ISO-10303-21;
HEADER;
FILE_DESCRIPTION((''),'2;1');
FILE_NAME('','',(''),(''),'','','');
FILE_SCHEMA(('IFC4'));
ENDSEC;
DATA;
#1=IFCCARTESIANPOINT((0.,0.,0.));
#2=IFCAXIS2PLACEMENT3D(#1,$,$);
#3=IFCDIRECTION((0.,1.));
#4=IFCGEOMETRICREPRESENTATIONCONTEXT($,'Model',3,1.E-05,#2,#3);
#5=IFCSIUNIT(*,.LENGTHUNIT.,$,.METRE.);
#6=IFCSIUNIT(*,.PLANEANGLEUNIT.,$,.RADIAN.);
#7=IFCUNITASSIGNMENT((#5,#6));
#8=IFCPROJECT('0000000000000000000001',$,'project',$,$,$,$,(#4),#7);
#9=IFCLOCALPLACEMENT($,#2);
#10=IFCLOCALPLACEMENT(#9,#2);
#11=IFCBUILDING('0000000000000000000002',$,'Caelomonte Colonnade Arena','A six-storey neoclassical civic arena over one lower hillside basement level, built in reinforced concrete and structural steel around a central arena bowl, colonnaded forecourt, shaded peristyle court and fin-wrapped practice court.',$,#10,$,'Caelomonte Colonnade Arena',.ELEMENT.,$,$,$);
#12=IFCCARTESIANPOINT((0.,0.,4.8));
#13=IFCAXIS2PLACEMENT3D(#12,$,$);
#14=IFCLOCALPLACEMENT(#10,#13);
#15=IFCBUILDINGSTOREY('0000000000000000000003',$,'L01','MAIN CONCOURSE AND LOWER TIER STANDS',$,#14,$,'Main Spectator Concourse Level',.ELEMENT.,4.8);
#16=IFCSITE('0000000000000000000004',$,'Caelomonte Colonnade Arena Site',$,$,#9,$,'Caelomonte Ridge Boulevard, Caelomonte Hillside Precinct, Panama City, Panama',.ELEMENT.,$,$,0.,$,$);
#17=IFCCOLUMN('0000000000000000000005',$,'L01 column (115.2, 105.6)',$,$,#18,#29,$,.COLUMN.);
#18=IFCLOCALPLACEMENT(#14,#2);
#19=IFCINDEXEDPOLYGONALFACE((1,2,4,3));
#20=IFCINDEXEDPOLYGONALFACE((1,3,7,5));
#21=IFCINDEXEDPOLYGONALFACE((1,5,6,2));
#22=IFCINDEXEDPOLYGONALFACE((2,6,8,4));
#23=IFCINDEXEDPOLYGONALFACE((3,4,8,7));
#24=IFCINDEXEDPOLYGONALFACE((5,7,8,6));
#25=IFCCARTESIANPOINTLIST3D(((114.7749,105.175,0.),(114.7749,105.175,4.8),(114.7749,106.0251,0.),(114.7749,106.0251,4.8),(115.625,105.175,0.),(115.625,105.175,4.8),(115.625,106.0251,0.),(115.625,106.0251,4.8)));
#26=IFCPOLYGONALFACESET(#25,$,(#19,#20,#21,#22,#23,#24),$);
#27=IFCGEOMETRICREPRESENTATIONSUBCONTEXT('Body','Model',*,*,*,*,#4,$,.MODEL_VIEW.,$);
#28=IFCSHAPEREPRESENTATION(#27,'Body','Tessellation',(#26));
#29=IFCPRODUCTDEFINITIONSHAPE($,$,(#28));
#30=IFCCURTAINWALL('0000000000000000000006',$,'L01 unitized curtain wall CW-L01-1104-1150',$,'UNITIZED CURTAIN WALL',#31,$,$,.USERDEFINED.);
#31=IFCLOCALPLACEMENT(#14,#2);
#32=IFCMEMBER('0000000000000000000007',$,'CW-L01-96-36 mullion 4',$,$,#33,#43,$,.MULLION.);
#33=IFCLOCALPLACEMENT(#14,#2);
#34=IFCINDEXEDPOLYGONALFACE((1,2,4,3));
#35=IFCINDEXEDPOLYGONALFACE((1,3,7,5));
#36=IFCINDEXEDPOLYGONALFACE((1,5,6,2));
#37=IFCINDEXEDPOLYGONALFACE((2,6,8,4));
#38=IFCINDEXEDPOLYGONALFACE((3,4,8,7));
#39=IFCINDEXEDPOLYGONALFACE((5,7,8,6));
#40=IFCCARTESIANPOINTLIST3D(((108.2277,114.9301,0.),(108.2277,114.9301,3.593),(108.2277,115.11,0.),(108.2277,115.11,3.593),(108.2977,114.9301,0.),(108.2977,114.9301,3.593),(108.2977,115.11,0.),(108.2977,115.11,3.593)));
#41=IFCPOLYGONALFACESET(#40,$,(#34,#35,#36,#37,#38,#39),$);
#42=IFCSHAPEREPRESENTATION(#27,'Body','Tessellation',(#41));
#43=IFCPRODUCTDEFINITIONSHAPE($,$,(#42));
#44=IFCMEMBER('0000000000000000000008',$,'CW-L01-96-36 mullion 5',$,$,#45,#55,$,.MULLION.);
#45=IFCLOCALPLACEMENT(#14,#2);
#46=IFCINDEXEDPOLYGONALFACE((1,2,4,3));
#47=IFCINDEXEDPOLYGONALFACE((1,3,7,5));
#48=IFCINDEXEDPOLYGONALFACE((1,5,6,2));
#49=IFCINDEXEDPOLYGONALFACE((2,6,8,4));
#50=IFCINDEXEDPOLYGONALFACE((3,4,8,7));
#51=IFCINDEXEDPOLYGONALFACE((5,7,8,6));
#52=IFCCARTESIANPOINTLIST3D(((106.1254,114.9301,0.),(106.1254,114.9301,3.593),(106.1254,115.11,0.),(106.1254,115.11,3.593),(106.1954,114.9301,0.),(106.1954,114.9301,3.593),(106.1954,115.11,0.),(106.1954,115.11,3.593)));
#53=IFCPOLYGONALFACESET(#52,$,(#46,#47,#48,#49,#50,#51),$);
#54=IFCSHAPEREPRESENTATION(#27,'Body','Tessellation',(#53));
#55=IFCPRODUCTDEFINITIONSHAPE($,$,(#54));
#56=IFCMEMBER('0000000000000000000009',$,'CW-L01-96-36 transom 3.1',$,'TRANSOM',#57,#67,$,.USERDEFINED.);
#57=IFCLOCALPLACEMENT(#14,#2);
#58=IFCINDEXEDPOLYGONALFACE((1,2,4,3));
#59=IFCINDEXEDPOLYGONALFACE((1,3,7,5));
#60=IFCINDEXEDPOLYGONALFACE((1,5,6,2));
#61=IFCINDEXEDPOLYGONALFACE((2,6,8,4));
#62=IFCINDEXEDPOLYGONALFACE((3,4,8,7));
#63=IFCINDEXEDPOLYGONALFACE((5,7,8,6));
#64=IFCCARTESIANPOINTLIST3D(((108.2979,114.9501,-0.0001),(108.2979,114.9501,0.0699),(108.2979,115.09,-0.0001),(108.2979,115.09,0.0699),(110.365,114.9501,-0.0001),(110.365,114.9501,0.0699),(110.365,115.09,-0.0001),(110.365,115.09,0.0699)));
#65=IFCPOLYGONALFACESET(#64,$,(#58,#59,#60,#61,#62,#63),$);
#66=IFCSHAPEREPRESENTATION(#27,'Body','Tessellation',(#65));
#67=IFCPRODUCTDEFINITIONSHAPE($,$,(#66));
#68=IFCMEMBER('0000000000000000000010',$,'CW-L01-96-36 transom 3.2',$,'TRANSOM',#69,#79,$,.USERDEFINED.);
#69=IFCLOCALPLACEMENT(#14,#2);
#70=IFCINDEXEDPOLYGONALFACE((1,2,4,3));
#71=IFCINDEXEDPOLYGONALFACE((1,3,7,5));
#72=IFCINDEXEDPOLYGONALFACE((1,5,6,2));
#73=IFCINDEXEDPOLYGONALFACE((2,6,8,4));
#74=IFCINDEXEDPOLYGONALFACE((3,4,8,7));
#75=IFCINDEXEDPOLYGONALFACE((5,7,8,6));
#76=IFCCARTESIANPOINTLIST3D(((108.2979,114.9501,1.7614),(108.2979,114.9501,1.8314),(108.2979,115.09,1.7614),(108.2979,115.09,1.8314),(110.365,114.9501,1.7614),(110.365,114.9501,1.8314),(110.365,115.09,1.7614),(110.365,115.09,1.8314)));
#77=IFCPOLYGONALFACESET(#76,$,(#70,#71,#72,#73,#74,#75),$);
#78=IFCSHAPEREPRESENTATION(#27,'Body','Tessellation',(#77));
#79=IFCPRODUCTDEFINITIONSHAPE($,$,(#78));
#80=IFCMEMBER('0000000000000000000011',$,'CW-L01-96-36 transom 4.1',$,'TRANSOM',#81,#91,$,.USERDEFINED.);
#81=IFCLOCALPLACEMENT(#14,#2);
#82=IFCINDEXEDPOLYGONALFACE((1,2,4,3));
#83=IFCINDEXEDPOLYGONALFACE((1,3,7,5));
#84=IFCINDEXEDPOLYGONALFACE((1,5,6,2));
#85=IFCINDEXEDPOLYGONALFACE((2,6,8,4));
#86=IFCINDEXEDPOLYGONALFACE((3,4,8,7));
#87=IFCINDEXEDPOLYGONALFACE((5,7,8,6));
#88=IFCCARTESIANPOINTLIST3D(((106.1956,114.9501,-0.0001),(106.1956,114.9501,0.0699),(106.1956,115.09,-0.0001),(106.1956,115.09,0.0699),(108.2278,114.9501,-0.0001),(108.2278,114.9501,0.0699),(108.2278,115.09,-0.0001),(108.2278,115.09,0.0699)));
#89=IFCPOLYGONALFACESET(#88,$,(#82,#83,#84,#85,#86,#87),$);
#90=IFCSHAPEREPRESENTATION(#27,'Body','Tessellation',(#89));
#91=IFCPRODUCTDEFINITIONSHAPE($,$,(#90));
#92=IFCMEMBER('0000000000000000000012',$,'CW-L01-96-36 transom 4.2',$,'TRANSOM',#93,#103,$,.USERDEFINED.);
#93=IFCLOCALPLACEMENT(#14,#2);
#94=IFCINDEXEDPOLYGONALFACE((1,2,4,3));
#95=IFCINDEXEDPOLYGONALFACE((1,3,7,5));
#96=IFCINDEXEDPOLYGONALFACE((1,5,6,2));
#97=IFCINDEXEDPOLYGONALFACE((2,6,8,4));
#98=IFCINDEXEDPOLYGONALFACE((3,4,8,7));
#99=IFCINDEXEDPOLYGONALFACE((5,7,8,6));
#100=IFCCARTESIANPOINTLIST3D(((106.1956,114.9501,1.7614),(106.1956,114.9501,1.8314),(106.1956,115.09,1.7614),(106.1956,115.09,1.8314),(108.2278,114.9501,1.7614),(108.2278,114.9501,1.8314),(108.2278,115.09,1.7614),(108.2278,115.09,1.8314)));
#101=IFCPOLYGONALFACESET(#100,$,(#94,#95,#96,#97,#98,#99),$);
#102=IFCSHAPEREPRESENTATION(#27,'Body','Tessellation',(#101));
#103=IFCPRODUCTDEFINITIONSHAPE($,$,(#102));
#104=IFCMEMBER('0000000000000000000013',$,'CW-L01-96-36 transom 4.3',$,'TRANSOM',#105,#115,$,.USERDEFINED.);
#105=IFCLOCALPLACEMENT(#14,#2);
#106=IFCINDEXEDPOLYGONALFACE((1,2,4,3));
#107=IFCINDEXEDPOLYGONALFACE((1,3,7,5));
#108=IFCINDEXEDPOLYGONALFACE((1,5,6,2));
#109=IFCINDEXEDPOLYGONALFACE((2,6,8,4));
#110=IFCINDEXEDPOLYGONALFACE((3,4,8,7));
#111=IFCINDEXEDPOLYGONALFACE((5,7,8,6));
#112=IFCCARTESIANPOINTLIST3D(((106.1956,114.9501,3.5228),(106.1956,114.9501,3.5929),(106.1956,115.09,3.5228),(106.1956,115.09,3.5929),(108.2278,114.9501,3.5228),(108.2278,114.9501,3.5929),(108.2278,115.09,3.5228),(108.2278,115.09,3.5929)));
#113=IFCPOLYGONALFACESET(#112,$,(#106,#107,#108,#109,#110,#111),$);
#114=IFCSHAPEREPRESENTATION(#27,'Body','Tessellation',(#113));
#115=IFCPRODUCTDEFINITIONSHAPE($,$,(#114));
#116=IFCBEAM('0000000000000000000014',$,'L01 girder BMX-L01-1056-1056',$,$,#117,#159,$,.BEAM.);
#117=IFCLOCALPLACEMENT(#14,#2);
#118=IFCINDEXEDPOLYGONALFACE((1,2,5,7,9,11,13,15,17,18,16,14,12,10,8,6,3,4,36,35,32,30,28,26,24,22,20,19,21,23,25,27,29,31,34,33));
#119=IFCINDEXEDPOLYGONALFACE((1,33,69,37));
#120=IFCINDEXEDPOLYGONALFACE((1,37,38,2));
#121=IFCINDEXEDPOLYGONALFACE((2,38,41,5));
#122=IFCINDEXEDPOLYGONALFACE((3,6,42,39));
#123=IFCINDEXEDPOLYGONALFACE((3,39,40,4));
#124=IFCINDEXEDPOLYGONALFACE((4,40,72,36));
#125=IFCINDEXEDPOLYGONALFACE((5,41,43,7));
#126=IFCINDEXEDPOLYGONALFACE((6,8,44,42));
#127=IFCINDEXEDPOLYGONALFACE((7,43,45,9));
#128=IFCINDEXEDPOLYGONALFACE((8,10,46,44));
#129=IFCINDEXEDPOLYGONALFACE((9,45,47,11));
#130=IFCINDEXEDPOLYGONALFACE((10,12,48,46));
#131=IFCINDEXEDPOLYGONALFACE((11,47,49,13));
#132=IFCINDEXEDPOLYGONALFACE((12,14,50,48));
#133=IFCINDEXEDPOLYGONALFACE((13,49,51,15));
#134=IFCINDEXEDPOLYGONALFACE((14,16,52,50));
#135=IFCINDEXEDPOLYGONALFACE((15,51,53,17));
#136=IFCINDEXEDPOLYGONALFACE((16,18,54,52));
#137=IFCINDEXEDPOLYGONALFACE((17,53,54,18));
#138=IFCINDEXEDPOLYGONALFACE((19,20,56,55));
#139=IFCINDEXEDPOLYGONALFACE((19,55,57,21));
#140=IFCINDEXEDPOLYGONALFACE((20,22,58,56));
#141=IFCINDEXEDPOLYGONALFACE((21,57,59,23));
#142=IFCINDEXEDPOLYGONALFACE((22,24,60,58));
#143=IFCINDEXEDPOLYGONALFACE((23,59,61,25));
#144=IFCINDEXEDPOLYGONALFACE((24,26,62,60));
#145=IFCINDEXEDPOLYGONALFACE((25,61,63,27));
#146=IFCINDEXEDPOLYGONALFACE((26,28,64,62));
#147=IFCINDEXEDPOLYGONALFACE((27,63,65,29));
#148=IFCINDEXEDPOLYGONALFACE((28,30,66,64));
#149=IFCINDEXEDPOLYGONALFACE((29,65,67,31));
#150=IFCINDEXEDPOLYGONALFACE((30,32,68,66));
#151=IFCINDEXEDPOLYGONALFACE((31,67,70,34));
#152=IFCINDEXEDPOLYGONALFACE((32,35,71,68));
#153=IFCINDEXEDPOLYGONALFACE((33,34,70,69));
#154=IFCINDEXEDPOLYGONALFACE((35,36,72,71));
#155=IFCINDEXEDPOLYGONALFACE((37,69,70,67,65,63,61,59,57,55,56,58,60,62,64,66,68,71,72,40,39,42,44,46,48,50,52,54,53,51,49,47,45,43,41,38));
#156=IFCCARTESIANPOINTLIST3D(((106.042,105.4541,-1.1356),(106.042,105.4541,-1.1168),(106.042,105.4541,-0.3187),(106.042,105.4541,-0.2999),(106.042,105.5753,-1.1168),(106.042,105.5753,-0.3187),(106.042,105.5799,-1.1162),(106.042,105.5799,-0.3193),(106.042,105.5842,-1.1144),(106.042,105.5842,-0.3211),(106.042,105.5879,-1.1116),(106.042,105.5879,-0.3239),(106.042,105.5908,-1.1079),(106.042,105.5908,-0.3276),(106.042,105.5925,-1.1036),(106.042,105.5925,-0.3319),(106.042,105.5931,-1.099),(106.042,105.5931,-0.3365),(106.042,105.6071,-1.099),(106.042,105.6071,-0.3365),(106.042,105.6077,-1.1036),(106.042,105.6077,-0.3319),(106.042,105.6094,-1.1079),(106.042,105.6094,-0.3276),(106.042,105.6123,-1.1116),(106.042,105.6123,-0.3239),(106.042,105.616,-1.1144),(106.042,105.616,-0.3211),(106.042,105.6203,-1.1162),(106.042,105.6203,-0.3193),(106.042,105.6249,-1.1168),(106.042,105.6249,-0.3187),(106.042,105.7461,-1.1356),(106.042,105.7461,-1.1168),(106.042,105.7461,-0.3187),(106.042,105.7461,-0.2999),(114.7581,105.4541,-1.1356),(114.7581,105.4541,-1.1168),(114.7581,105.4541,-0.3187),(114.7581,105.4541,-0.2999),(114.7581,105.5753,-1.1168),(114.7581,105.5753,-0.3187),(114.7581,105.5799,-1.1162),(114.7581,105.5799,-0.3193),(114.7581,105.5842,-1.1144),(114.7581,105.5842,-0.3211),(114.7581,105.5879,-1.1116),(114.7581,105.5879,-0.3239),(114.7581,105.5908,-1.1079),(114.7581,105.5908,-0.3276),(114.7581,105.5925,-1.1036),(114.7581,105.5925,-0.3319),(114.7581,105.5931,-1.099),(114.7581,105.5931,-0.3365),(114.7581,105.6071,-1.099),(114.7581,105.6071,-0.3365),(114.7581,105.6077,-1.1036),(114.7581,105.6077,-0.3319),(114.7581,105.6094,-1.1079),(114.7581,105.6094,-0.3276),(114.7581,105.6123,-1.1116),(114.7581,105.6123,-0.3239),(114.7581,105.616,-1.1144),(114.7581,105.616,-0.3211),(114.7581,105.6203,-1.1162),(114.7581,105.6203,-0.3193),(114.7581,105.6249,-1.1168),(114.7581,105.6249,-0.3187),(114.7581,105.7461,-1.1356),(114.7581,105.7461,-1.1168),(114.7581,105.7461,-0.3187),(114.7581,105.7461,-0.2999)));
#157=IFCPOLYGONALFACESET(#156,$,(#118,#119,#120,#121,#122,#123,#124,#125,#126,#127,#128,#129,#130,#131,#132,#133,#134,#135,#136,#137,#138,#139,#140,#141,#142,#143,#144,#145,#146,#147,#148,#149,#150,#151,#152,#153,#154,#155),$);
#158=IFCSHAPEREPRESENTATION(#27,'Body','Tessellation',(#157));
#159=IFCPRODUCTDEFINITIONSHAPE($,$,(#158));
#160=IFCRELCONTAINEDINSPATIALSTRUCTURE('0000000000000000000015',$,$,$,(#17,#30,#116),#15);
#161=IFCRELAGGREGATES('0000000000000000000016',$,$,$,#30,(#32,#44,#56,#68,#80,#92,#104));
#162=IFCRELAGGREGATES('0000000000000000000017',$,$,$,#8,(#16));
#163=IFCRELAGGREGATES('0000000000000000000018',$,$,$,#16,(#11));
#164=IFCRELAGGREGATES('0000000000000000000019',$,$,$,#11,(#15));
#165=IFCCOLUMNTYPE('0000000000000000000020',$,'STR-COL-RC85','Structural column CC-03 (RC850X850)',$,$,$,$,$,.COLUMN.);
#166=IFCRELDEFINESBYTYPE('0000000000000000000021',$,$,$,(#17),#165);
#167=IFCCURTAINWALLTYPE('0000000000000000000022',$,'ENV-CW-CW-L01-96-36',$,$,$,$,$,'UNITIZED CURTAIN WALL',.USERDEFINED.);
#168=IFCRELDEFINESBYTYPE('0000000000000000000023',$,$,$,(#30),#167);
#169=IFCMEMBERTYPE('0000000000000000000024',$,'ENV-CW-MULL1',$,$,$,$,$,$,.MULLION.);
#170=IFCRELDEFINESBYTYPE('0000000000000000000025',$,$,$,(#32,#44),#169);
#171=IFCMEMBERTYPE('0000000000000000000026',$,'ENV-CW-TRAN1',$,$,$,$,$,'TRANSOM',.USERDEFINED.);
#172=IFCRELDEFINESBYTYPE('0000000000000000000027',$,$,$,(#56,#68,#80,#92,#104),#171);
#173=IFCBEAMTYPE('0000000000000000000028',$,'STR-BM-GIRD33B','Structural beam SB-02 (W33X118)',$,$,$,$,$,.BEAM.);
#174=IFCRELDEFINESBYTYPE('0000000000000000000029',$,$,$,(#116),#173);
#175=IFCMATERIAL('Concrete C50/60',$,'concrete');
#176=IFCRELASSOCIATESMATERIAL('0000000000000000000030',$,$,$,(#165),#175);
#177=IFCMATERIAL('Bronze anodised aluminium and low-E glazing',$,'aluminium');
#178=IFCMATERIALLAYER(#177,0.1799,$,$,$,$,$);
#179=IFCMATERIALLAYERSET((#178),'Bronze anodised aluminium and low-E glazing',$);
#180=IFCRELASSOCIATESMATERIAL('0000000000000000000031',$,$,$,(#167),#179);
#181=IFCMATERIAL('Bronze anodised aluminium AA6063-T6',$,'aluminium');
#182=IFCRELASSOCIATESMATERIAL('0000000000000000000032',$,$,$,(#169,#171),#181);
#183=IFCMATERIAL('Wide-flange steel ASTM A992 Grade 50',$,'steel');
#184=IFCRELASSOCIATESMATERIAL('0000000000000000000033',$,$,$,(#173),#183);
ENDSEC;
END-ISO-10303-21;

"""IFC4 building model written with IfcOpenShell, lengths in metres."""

from ifc_helpers import new_model, si_unit, direction, frame, origin, origin_2d, place, context, subcontext, project, spatial, rectangle, i_section, extrude, material, layer, layer_set, material_profile, profile_set, type_object, element, aggregate, save


model = new_model("IFC4")

# Units and contexts
model_context = context("Model", 3, precision=1e-05, world=origin(), true_north=direction((0.0, 1.0)))
body_context = subcontext(model_context, "Body", "Model", "MODEL_VIEW")
ifc_project = project(units=[si_unit("LENGTHUNIT", "METRE"), si_unit("PLANEANGLEUNIT", "RADIAN")], contexts=[model_context])

# Site, building, storey
site_placement = place(None, origin())
site = spatial("IfcSite", under=ifc_project, at=site_placement, Name="Caelomonte Colonnade Arena Site", LongName="Caelomonte Ridge Boulevard, Caelomonte Hillside Precinct, Panama City, Panama", CompositionType="ELEMENT", RefElevation=0.0)
building_placement = place(site_placement, origin())
building = spatial("IfcBuilding", under=site, at=building_placement, Name="Caelomonte Colonnade Arena", Description="A six-storey neoclassical civic arena over one lower hillside basement level, built in reinforced concrete and structural steel around a central arena bowl, colonnaded forecourt, shaded peristyle court and fin-wrapped practice court.", LongName="Caelomonte Colonnade Arena", CompositionType="ELEMENT")
storey_placement = place(building_placement, frame((0.0, 0.0, 4.8)))
storey = spatial("IfcBuildingStorey", under=building, at=storey_placement, Name="L01", Description="MAIN CONCOURSE AND LOWER TIER STANDS", LongName="Main Spectator Concourse Level", CompositionType="ELEMENT", Elevation=4.8)

# Column
ifc_material_1 = material(Name="Concrete C50/60", Category="concrete")
ifc_material_profile_1 = material_profile(ifc_material_1, rectangle(XDim=0.8501, YDim=0.8501, at=origin_2d()), Name="RC850X850")
ifc_profile_set_1 = profile_set([ifc_material_profile_1], Name="Concrete C50/60")
column_type = type_object("IfcColumnType", Name="STR-COL-RC85", Description="Structural column CC-03 (RC850X850)", PredefinedType="COLUMN", material=ifc_profile_set_1)
column_placement = place(storey_placement, frame((115.2, 105.6001, 0.0), z_axis=(0.0, 0.0, 1.0), x_axis=(1.0, 0.0, 0.0)))
element("IfcColumn", 1, at=column_placement, inside=storey, type_object=column_type, Name="L01 column (115.2, 105.6)", PredefinedType="COLUMN", context=body_context, shape_type="SweptSolid", body=[
    extrude(rectangle(XDim=0.8501, YDim=0.8501, at=origin_2d()), origin(), (0.0, 0.0, 1.0), 4.8),
])

# Curtain wall, members
ifc_material_2 = material(Name="Bronze anodised aluminium and low-E glazing", Category="aluminium")
ifc_layer_1 = layer(ifc_material_2, 0.1799)
ifc_layer_set_1 = layer_set([ifc_layer_1], Name="Bronze anodised aluminium and low-E glazing")
curtain_wall_type = type_object("IfcCurtainWallType", Name="ENV-CW-CW-L01-96-36", ElementType="UNITIZED CURTAIN WALL", PredefinedType="USERDEFINED", material=ifc_layer_set_1)
curtain_wall_placement = place(storey_placement, origin())
curtain_wall = element("IfcCurtainWall", 2, at=curtain_wall_placement, inside=storey, type_object=curtain_wall_type, Name="L01 unitized curtain wall CW-L01-1104-1150", ObjectType="UNITIZED CURTAIN WALL", PredefinedType="USERDEFINED")
ifc_material_3 = material(Name="Bronze anodised aluminium AA6063-T6", Category="aluminium")
ifc_material_profile_2 = material_profile(ifc_material_3, rectangle(XDim=0.0701, YDim=0.1799, at=origin_2d()), Name="CWM-70X180")
ifc_profile_set_2 = profile_set([ifc_material_profile_2], Name="Bronze anodised aluminium AA6063-T6")
member_type_1 = type_object("IfcMemberType", Name="ENV-CW-MULL1", PredefinedType="MULLION", material=ifc_profile_set_2)
member_1_placement = place(storey_placement, frame((108.2627, 115.02, 0.0), z_axis=(0.0, 0.0, 1.0), x_axis=(-1.0, 0.0, 0.0)))
member_1 = element("IfcMember", 3, at=member_1_placement, type_object=member_type_1, Name="CW-L01-96-36 mullion 4", PredefinedType="MULLION", context=body_context, shape_type="SweptSolid", body=[
    extrude(rectangle(XDim=0.0701, YDim=0.1799, at=origin_2d()), origin(), (0.0, 0.0, 1.0), 3.593),
])
member_2_placement = place(storey_placement, frame((106.1604, 115.02, 0.0), z_axis=(0.0, 0.0, 1.0), x_axis=(-1.0, 0.0, 0.0)))
member_2 = element("IfcMember", 4, at=member_2_placement, type_object=member_type_1, Name="CW-L01-96-36 mullion 5", PredefinedType="MULLION", context=body_context, shape_type="SweptSolid", body=[
    extrude(rectangle(XDim=0.0701, YDim=0.1799, at=origin_2d()), origin(), (0.0, 0.0, 1.0), 3.593),
])
ifc_material_profile_3 = material_profile(ifc_material_3, rectangle(XDim=0.0701, YDim=0.1399, at=origin_2d()), Name="CWT-70X140")
ifc_profile_set_3 = profile_set([ifc_material_profile_3], Name="Bronze anodised aluminium AA6063-T6")
member_type_2 = type_object("IfcMemberType", Name="ENV-CW-TRAN1", ElementType="TRANSOM", PredefinedType="USERDEFINED", material=ifc_profile_set_3)
member_3_placement = place(storey_placement, frame((110.365, 115.02, 0.0349), z_axis=(-1.0, 0.0, 0.0), x_axis=(0.0, 0.0, 1.0)))
member_3 = element("IfcMember", 5, at=member_3_placement, type_object=member_type_2, Name="CW-L01-96-36 transom 3.1", ObjectType="TRANSOM", PredefinedType="USERDEFINED", context=body_context, shape_type="SweptSolid", body=[
    extrude(rectangle(XDim=0.0701, YDim=0.1399, at=origin_2d()), origin(), (0.0, 0.0, 1.0), 2.0671),
])
member_4_placement = place(storey_placement, frame((110.365, 115.02, 1.7964), z_axis=(-1.0, 0.0, 0.0), x_axis=(0.0, 0.0, 1.0)))
member_4 = element("IfcMember", 6, at=member_4_placement, type_object=member_type_2, Name="CW-L01-96-36 transom 3.2", ObjectType="TRANSOM", PredefinedType="USERDEFINED", context=body_context, shape_type="SweptSolid", body=[
    extrude(rectangle(XDim=0.0701, YDim=0.1399, at=origin_2d()), origin(), (0.0, 0.0, 1.0), 2.0671),
])
member_5_placement = place(storey_placement, frame((108.2278, 115.02, 0.0349), z_axis=(-1.0, 0.0, 0.0), x_axis=(0.0, 0.0, 1.0)))
member_5 = element("IfcMember", 7, at=member_5_placement, type_object=member_type_2, Name="CW-L01-96-36 transom 4.1", ObjectType="TRANSOM", PredefinedType="USERDEFINED", context=body_context, shape_type="SweptSolid", body=[
    extrude(rectangle(XDim=0.0701, YDim=0.1399, at=origin_2d()), origin(), (0.0, 0.0, 1.0), 2.0322),
])
member_6_placement = place(storey_placement, frame((108.2278, 115.02, 1.7964), z_axis=(-1.0, 0.0, 0.0), x_axis=(0.0, 0.0, 1.0)))
member_6 = element("IfcMember", 8, at=member_6_placement, type_object=member_type_2, Name="CW-L01-96-36 transom 4.2", ObjectType="TRANSOM", PredefinedType="USERDEFINED", context=body_context, shape_type="SweptSolid", body=[
    extrude(rectangle(XDim=0.0701, YDim=0.1399, at=origin_2d()), origin(), (0.0, 0.0, 1.0), 2.0322),
])
member_7_placement = place(storey_placement, frame((108.2278, 115.02, 3.5579), z_axis=(-1.0, 0.0, 0.0), x_axis=(0.0, 0.0, 1.0)))
member_7 = element("IfcMember", 9, at=member_7_placement, type_object=member_type_2, Name="CW-L01-96-36 transom 4.3", ObjectType="TRANSOM", PredefinedType="USERDEFINED", context=body_context, shape_type="SweptSolid", body=[
    extrude(rectangle(XDim=0.0701, YDim=0.1399, at=origin_2d()), origin(), (0.0, 0.0, 1.0), 2.0322),
])

# Beam
ifc_material_4 = material(Name="Wide-flange steel ASTM A992 Grade 50", Category="steel")
ifc_material_profile_4 = material_profile(ifc_material_4, i_section(OverallWidth=0.292, OverallDepth=0.8357, WebThickness=0.0139, FlangeThickness=0.0188, FilletRadius=0.0178, at=origin_2d()), Name="W33X118")
ifc_profile_set_4 = profile_set([ifc_material_profile_4], Name="Wide-flange steel ASTM A992 Grade 50")
beam_type_1 = type_object("IfcBeamType", Name="STR-BM-GIRD33B", Description="Structural beam SB-02 (W33X118)", PredefinedType="BEAM", material=ifc_profile_set_4)
beam_1_placement = place(storey_placement, frame((106.042, 105.6001, -0.7178), z_axis=(1.0, 0.0, 0.0), x_axis=(0.0, 1.0, 0.0)))
element("IfcBeam", 10, at=beam_1_placement, inside=storey, type_object=beam_type_1, Name="L01 girder BMX-L01-1056-1056", PredefinedType="BEAM", context=body_context, shape_type="SweptSolid", body=[
    extrude(i_section(OverallWidth=0.292, OverallDepth=0.8357, WebThickness=0.0139, FlangeThickness=0.0188, FilletRadius=0.0178, at=origin_2d()), origin(), (0.0, 0.0, 1.0), 8.7161),
])

aggregate(curtain_wall, [member_1, member_2, member_3, member_4, member_5, member_6, member_7])

save(model, "model.ifc")
